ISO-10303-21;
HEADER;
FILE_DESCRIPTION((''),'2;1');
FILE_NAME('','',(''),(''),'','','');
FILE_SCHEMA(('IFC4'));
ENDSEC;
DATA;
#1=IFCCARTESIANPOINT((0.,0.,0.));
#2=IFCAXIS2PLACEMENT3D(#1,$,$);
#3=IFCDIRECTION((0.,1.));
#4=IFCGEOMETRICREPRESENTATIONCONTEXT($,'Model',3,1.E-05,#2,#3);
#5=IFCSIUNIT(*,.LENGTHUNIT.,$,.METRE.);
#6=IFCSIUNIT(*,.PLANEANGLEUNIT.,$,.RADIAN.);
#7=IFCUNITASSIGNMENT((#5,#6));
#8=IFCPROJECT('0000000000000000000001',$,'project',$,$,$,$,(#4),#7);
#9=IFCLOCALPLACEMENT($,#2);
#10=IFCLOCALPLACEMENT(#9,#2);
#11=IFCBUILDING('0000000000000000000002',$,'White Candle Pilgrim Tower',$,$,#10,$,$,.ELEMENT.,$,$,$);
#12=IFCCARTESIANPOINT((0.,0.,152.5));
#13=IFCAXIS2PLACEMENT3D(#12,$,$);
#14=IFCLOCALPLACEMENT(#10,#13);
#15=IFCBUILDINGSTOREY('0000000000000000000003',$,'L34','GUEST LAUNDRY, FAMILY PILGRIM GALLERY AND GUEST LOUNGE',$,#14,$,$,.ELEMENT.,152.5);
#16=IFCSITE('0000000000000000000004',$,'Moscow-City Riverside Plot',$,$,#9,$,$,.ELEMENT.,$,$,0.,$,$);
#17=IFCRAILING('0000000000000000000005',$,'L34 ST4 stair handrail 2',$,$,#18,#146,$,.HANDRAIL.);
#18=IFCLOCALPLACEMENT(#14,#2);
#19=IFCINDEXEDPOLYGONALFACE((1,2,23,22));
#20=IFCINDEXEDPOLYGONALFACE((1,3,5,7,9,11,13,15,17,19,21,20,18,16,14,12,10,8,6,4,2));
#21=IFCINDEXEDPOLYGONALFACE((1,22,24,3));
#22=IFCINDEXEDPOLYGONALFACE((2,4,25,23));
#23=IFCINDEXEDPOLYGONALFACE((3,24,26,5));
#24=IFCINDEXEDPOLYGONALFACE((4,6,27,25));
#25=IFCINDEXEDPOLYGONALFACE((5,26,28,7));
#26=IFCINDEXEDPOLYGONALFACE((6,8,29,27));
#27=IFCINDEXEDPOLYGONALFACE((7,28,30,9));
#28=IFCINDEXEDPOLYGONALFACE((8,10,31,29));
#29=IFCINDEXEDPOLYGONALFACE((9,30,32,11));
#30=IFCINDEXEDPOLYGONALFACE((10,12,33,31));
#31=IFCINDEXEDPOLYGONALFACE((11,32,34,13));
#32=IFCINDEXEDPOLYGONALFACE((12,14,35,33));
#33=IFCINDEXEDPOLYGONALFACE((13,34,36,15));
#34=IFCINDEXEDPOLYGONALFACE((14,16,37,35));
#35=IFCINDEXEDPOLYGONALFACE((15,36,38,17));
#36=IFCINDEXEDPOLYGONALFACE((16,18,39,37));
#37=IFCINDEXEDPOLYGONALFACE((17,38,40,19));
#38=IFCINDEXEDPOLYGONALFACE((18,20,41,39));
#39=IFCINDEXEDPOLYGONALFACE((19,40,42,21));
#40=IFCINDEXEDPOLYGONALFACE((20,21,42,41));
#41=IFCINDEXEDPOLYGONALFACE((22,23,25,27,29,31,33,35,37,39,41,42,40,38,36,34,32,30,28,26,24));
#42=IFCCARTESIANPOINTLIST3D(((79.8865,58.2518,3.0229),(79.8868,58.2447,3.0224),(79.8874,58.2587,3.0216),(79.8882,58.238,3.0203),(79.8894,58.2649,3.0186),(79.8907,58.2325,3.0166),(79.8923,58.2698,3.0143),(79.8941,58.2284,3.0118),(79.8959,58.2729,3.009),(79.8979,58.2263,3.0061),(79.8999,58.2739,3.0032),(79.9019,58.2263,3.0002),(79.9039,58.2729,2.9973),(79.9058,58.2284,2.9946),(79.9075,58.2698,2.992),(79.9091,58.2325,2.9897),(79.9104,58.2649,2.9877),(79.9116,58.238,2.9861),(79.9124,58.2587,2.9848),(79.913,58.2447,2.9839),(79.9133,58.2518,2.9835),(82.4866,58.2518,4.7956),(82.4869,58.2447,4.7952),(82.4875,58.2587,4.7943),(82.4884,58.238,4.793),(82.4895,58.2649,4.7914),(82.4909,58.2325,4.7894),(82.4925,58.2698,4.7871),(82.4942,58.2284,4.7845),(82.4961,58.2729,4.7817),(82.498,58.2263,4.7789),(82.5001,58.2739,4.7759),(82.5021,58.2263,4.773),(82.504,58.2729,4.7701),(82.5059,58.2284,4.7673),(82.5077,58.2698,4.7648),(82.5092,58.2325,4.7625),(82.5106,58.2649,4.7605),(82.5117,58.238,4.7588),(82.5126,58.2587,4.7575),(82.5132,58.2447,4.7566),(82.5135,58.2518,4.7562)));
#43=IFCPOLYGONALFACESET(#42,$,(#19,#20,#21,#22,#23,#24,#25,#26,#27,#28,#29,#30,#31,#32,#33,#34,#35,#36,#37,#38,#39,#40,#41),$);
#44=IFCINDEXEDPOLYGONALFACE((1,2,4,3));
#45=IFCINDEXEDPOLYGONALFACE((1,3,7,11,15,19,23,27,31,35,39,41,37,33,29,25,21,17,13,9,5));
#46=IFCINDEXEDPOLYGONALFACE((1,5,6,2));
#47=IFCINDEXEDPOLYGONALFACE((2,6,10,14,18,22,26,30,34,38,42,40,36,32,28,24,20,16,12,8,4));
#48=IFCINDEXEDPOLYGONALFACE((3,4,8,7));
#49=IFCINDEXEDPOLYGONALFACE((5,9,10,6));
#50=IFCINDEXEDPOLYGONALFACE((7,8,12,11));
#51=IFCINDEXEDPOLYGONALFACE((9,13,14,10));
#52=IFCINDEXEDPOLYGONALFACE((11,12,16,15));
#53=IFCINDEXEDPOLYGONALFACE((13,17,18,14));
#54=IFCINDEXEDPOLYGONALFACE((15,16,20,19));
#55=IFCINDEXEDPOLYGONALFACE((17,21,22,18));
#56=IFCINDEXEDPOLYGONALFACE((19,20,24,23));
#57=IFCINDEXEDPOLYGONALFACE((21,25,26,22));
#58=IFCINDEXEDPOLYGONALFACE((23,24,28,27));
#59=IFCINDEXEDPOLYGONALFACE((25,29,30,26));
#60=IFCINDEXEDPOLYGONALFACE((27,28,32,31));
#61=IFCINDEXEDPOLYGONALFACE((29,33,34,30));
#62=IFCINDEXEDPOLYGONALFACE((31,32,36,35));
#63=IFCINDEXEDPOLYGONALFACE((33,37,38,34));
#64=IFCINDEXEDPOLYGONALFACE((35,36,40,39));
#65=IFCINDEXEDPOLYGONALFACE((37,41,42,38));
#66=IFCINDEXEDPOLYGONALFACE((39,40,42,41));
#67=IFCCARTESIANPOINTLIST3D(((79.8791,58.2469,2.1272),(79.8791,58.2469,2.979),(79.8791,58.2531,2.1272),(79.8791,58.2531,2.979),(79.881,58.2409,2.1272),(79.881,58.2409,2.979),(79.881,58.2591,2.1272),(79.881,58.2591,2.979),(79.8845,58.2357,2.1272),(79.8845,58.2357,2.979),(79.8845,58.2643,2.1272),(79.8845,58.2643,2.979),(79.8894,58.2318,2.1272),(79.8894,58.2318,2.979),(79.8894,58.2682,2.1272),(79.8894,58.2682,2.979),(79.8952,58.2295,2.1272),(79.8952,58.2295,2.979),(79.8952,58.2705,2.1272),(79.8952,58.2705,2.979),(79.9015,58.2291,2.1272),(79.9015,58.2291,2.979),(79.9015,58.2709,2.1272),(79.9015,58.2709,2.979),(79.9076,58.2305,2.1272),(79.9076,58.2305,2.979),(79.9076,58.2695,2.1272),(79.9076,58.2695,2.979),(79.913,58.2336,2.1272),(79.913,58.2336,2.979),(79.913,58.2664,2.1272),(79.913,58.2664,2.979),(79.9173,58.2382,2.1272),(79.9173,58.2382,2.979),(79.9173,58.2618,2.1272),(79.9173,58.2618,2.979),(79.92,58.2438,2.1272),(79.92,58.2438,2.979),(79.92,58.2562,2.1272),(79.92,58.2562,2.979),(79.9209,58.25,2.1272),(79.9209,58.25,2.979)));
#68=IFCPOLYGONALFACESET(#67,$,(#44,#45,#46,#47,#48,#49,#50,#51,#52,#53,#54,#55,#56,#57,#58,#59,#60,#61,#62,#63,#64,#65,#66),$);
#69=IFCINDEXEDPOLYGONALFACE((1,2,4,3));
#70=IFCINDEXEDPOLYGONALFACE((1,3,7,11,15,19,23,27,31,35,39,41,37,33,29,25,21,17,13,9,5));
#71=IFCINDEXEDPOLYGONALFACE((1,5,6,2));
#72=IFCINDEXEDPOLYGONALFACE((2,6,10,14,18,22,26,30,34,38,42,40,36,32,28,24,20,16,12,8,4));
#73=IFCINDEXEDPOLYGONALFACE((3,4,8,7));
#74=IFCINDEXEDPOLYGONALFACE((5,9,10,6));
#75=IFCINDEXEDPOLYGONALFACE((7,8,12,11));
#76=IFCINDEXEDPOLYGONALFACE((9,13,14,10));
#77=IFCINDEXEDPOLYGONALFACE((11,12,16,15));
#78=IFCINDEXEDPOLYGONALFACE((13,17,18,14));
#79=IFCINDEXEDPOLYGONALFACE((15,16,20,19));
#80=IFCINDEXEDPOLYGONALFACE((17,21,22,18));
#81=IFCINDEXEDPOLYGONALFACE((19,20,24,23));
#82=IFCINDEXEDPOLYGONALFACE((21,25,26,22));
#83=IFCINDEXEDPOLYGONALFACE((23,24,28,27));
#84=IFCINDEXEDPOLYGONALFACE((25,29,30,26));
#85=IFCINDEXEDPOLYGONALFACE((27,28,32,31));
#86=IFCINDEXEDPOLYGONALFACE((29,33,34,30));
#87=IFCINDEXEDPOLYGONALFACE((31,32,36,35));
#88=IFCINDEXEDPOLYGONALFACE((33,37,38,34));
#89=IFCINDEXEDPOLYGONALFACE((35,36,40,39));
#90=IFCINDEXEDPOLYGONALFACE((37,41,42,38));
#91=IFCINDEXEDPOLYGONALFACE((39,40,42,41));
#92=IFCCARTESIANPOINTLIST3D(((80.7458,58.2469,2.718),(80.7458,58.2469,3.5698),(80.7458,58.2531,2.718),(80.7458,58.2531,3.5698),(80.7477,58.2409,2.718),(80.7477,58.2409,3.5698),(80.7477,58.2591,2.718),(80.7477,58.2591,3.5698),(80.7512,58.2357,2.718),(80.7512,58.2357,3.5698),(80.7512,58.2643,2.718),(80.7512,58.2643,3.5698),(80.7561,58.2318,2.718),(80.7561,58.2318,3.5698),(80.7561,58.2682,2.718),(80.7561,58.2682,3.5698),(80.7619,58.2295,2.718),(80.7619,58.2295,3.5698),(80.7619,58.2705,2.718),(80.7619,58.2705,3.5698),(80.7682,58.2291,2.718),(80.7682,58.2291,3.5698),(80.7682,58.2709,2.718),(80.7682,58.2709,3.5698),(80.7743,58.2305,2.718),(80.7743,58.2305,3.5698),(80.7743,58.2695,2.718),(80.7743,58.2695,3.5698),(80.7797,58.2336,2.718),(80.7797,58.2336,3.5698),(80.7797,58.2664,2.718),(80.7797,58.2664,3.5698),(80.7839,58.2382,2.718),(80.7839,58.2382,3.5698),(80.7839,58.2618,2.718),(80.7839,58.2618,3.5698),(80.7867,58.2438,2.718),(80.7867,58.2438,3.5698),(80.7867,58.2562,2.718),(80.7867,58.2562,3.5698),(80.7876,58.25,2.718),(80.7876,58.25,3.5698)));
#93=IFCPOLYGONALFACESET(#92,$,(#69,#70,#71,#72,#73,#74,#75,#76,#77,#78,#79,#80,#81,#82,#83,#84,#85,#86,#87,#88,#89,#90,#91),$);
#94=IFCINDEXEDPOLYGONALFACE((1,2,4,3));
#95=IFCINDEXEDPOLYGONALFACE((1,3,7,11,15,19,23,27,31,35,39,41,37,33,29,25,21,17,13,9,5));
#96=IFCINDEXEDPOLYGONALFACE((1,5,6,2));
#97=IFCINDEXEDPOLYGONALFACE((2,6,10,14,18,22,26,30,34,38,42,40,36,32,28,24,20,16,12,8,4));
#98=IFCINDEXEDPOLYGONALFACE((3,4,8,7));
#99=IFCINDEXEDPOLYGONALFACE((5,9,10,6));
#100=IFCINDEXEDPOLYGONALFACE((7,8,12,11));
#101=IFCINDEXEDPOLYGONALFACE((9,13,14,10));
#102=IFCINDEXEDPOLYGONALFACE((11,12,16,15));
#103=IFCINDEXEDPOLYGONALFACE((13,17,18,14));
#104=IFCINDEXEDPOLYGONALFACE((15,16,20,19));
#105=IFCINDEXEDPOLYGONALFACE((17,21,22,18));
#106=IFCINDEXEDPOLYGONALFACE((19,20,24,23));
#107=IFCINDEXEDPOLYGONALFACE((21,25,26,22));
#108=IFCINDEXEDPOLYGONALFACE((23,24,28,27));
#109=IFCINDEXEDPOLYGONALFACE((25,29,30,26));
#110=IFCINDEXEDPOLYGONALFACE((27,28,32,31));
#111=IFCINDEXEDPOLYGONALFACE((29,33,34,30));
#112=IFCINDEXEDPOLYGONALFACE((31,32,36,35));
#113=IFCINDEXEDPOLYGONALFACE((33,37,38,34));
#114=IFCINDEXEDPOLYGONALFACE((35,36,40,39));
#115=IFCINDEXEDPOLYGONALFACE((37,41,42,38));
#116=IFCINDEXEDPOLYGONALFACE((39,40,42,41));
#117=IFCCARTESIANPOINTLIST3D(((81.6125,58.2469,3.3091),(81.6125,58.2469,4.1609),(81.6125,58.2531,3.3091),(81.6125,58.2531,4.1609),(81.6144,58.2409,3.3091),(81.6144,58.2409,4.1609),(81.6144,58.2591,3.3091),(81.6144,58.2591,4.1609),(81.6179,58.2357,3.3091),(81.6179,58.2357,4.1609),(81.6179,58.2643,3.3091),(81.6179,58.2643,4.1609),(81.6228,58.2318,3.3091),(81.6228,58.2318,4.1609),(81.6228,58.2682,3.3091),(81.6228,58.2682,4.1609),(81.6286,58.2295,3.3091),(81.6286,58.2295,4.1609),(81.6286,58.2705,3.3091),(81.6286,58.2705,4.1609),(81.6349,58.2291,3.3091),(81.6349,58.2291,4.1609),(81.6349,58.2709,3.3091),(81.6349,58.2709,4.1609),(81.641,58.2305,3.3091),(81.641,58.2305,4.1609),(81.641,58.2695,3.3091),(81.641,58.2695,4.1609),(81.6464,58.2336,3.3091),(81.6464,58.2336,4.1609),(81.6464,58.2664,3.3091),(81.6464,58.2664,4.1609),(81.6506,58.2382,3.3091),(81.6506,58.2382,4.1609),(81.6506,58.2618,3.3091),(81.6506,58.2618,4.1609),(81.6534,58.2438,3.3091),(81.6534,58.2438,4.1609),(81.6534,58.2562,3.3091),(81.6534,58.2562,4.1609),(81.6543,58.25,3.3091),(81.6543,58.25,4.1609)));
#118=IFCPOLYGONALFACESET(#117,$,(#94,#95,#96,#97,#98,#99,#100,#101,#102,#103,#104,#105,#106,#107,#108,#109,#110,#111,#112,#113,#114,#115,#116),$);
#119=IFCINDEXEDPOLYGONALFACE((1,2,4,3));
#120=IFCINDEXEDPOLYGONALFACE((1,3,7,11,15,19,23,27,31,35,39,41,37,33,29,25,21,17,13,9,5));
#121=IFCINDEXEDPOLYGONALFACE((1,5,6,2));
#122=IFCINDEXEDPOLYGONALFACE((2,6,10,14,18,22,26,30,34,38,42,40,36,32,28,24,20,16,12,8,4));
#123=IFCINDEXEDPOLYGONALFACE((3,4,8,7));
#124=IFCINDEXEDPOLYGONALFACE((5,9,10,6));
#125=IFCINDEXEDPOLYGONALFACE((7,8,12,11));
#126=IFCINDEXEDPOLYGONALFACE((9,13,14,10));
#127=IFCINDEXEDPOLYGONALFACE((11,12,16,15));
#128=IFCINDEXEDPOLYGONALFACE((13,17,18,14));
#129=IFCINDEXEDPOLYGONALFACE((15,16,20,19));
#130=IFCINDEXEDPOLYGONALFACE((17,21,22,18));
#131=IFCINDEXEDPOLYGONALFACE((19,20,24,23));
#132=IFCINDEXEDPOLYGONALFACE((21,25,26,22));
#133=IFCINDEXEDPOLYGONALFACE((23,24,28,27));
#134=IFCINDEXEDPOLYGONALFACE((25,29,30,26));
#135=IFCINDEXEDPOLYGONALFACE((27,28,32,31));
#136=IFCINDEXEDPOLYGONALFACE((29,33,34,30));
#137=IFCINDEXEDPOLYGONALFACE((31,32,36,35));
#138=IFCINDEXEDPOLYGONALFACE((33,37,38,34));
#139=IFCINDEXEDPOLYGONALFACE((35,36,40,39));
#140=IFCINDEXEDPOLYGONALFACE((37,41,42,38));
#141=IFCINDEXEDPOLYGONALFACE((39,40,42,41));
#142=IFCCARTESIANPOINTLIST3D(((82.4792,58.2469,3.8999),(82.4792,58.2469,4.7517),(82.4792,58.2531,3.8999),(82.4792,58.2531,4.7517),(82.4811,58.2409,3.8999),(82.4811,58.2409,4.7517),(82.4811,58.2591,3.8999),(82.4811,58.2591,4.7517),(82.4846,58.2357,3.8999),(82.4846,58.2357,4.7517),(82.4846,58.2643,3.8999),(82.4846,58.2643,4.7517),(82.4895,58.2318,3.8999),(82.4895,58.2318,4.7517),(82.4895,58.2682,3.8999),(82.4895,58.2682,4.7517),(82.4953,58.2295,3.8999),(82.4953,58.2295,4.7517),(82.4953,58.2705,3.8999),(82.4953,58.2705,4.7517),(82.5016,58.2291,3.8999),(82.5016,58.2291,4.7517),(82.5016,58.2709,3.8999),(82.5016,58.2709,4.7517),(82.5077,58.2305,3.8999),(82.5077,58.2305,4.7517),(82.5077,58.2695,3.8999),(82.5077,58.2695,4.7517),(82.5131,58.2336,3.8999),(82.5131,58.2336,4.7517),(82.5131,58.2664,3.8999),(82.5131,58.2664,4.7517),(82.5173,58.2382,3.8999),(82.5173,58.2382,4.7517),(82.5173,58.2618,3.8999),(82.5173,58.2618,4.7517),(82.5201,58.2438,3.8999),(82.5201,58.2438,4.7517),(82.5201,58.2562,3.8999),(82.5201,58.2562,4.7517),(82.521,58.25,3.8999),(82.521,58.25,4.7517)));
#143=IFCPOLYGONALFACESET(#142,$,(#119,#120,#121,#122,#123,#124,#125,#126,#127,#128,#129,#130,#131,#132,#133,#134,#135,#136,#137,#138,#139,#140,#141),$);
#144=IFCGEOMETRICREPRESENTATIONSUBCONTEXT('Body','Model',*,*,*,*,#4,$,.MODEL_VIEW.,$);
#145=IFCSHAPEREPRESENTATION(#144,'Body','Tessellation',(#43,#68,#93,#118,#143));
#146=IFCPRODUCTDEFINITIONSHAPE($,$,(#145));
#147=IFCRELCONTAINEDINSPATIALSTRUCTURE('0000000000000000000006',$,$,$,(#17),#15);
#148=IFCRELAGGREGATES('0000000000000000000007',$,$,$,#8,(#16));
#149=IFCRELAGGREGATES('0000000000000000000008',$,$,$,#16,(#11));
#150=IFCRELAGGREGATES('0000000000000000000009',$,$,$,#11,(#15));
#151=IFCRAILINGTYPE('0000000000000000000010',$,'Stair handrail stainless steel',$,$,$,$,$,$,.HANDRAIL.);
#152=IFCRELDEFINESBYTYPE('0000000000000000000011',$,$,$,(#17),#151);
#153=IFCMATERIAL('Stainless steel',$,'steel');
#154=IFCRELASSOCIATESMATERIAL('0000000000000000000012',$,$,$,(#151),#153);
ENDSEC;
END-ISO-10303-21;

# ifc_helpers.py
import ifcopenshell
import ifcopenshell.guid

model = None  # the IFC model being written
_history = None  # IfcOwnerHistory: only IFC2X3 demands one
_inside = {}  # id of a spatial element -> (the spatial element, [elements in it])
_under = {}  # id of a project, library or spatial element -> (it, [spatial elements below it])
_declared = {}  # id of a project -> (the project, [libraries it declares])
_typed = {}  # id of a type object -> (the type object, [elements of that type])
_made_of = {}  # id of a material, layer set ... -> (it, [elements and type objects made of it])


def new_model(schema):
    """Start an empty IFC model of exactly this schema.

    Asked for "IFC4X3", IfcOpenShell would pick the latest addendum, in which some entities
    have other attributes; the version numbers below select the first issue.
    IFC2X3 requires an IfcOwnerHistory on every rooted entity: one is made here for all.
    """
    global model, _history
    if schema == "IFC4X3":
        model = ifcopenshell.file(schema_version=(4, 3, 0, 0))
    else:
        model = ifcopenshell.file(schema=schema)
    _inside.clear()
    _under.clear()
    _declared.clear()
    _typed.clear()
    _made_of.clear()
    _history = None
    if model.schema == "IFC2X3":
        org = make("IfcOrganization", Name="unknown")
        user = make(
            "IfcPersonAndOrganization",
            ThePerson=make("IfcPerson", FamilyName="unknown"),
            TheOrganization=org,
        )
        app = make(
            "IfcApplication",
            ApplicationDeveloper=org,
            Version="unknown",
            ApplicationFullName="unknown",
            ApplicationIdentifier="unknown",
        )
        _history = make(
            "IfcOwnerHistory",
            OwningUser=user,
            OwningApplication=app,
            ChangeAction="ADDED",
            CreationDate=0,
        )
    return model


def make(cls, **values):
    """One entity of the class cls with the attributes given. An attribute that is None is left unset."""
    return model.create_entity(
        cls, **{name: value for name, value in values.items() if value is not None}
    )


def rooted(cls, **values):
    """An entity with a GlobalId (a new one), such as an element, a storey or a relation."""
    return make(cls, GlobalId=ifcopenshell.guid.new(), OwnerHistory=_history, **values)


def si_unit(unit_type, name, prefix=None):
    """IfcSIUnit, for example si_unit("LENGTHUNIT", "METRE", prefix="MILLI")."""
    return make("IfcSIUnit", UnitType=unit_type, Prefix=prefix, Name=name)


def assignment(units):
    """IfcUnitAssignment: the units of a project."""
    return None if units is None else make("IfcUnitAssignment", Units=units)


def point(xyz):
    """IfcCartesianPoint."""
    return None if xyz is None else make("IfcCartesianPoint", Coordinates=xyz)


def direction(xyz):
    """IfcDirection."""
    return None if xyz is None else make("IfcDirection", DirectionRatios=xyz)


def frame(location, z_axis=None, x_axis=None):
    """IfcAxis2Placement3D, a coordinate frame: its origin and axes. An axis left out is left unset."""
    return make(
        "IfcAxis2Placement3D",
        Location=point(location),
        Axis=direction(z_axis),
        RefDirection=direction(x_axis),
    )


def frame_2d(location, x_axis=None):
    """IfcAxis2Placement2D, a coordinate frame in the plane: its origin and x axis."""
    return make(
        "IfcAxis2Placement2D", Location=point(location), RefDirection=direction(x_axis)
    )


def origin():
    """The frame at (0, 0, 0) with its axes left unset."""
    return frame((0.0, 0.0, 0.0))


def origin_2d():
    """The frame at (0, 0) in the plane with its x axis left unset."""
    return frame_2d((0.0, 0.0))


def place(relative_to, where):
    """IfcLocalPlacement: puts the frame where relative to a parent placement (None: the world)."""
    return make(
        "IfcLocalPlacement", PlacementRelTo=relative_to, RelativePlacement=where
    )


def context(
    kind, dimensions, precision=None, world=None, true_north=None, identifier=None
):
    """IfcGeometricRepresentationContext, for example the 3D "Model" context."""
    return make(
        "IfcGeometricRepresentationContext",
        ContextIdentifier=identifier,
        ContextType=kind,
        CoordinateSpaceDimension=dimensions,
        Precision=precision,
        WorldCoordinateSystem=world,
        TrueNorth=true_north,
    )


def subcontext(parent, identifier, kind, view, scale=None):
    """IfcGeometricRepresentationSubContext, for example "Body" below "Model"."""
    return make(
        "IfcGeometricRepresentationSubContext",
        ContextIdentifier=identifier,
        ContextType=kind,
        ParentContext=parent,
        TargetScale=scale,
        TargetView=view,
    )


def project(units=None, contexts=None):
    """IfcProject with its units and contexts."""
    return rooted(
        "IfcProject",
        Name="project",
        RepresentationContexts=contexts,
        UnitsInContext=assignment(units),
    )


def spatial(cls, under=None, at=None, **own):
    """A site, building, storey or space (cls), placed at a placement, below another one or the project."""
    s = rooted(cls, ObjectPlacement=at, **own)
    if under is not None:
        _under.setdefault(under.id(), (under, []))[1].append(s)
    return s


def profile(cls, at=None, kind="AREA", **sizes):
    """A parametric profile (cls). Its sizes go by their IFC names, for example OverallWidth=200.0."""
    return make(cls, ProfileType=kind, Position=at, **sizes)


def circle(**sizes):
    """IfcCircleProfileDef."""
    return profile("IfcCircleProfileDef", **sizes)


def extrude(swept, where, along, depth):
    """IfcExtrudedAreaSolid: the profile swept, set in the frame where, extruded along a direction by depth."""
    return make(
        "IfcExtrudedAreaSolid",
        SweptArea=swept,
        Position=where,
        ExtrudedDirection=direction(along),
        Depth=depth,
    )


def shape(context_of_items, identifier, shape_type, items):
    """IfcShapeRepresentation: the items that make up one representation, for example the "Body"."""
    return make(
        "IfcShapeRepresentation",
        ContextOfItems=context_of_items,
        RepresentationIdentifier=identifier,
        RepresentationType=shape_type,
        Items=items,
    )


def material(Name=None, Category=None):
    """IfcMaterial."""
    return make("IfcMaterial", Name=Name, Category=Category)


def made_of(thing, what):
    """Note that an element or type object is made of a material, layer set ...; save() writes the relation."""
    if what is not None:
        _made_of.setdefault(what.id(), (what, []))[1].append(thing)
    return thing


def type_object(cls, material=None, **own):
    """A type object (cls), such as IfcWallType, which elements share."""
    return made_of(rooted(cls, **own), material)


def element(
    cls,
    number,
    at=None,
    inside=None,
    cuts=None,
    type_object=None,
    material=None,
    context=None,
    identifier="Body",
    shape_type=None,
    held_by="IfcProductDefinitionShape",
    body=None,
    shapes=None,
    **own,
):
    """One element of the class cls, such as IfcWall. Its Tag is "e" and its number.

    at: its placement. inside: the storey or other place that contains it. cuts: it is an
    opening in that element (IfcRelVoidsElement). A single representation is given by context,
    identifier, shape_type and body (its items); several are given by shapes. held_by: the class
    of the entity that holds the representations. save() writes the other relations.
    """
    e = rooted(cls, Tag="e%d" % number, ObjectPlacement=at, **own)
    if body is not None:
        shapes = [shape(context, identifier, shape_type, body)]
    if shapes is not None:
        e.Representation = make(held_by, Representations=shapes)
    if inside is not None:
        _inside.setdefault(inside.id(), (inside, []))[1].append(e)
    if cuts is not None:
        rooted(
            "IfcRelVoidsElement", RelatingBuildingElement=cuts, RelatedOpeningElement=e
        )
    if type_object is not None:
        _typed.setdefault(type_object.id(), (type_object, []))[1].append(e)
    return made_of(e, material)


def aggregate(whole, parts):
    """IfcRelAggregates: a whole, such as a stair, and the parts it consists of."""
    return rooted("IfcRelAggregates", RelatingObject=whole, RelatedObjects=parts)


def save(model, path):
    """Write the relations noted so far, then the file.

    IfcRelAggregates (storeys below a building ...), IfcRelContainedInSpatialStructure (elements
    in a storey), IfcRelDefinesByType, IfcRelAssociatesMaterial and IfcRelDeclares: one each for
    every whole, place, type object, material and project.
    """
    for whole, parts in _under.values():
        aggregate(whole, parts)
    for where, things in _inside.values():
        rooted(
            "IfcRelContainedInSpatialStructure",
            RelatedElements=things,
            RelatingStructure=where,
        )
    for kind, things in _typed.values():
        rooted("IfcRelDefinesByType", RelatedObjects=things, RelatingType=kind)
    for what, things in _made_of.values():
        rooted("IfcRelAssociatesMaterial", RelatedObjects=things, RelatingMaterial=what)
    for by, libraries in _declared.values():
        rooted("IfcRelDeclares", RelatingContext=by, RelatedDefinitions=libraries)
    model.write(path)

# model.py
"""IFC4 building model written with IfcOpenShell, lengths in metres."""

from ifc_helpers import new_model, si_unit, direction, frame, origin, origin_2d, place, context, subcontext, project, spatial, circle, extrude, material, type_object, element, save


model = new_model("IFC4")

# Units and contexts
model_context = context("Model", 3, precision=1e-05, world=origin(), true_north=direction((0.0, 1.0)))
body_context = subcontext(model_context, "Body", "Model", "MODEL_VIEW")
ifc_project = project(units=[si_unit("LENGTHUNIT", "METRE"), si_unit("PLANEANGLEUNIT", "RADIAN")], contexts=[model_context])

# Site, building, storey
site_placement = place(None, origin())
site = spatial("IfcSite", under=ifc_project, at=site_placement, Name="Moscow-City Riverside Plot", CompositionType="ELEMENT", RefElevation=0.0)
building_placement = place(site_placement, origin())
building = spatial("IfcBuilding", under=site, at=building_placement, Name="White Candle Pilgrim Tower", CompositionType="ELEMENT")
storey_placement = place(building_placement, frame((0.0, 0.0, 152.5)))
storey = spatial("IfcBuildingStorey", under=building, at=storey_placement, Name="L34", Description="GUEST LAUNDRY, FAMILY PILGRIM GALLERY AND GUEST LOUNGE", CompositionType="ELEMENT", Elevation=152.5)

# Railing
ifc_material_1 = material(Name="Stainless steel", Category="steel")
railing_type_1 = type_object("IfcRailingType", Name="Stair handrail stainless steel", PredefinedType="HANDRAIL", material=ifc_material_1)
railing_1_placement = place(storey_placement, frame((79.8999, 58.25, 2.1272)))
element("IfcRailing", 1, at=railing_1_placement, inside=storey, type_object=railing_type_1, Name="L34 ST4 stair handrail 2", PredefinedType="HANDRAIL", context=body_context, shape_type="SweptSolid", body=[
    extrude(circle(Radius=0.0239, at=origin_2d()), frame((0.0, 0.0, 0.876), z_axis=(0.82624, 0.0, 0.563318), x_axis=(0.0, 1.0, 0.0)), (0.0, 0.0, 1.0), 3.147),
    extrude(circle(Radius=0.021, at=origin_2d()), origin(), (0.0, 0.0, 1.0), 0.8518),
    extrude(circle(Radius=0.021, at=origin_2d()), frame((0.8667, 0.0, 0.5908)), (0.0, 0.0, 1.0), 0.8518),
    extrude(circle(Radius=0.021, at=origin_2d()), frame((1.7334, 0.0, 1.1819)), (0.0, 0.0, 1.0), 0.8518),
    extrude(circle(Radius=0.021, at=origin_2d()), frame((2.6001, 0.0, 1.7727)), (0.0, 0.0, 1.0), 0.8518),
])

save(model, "model.ifc")
